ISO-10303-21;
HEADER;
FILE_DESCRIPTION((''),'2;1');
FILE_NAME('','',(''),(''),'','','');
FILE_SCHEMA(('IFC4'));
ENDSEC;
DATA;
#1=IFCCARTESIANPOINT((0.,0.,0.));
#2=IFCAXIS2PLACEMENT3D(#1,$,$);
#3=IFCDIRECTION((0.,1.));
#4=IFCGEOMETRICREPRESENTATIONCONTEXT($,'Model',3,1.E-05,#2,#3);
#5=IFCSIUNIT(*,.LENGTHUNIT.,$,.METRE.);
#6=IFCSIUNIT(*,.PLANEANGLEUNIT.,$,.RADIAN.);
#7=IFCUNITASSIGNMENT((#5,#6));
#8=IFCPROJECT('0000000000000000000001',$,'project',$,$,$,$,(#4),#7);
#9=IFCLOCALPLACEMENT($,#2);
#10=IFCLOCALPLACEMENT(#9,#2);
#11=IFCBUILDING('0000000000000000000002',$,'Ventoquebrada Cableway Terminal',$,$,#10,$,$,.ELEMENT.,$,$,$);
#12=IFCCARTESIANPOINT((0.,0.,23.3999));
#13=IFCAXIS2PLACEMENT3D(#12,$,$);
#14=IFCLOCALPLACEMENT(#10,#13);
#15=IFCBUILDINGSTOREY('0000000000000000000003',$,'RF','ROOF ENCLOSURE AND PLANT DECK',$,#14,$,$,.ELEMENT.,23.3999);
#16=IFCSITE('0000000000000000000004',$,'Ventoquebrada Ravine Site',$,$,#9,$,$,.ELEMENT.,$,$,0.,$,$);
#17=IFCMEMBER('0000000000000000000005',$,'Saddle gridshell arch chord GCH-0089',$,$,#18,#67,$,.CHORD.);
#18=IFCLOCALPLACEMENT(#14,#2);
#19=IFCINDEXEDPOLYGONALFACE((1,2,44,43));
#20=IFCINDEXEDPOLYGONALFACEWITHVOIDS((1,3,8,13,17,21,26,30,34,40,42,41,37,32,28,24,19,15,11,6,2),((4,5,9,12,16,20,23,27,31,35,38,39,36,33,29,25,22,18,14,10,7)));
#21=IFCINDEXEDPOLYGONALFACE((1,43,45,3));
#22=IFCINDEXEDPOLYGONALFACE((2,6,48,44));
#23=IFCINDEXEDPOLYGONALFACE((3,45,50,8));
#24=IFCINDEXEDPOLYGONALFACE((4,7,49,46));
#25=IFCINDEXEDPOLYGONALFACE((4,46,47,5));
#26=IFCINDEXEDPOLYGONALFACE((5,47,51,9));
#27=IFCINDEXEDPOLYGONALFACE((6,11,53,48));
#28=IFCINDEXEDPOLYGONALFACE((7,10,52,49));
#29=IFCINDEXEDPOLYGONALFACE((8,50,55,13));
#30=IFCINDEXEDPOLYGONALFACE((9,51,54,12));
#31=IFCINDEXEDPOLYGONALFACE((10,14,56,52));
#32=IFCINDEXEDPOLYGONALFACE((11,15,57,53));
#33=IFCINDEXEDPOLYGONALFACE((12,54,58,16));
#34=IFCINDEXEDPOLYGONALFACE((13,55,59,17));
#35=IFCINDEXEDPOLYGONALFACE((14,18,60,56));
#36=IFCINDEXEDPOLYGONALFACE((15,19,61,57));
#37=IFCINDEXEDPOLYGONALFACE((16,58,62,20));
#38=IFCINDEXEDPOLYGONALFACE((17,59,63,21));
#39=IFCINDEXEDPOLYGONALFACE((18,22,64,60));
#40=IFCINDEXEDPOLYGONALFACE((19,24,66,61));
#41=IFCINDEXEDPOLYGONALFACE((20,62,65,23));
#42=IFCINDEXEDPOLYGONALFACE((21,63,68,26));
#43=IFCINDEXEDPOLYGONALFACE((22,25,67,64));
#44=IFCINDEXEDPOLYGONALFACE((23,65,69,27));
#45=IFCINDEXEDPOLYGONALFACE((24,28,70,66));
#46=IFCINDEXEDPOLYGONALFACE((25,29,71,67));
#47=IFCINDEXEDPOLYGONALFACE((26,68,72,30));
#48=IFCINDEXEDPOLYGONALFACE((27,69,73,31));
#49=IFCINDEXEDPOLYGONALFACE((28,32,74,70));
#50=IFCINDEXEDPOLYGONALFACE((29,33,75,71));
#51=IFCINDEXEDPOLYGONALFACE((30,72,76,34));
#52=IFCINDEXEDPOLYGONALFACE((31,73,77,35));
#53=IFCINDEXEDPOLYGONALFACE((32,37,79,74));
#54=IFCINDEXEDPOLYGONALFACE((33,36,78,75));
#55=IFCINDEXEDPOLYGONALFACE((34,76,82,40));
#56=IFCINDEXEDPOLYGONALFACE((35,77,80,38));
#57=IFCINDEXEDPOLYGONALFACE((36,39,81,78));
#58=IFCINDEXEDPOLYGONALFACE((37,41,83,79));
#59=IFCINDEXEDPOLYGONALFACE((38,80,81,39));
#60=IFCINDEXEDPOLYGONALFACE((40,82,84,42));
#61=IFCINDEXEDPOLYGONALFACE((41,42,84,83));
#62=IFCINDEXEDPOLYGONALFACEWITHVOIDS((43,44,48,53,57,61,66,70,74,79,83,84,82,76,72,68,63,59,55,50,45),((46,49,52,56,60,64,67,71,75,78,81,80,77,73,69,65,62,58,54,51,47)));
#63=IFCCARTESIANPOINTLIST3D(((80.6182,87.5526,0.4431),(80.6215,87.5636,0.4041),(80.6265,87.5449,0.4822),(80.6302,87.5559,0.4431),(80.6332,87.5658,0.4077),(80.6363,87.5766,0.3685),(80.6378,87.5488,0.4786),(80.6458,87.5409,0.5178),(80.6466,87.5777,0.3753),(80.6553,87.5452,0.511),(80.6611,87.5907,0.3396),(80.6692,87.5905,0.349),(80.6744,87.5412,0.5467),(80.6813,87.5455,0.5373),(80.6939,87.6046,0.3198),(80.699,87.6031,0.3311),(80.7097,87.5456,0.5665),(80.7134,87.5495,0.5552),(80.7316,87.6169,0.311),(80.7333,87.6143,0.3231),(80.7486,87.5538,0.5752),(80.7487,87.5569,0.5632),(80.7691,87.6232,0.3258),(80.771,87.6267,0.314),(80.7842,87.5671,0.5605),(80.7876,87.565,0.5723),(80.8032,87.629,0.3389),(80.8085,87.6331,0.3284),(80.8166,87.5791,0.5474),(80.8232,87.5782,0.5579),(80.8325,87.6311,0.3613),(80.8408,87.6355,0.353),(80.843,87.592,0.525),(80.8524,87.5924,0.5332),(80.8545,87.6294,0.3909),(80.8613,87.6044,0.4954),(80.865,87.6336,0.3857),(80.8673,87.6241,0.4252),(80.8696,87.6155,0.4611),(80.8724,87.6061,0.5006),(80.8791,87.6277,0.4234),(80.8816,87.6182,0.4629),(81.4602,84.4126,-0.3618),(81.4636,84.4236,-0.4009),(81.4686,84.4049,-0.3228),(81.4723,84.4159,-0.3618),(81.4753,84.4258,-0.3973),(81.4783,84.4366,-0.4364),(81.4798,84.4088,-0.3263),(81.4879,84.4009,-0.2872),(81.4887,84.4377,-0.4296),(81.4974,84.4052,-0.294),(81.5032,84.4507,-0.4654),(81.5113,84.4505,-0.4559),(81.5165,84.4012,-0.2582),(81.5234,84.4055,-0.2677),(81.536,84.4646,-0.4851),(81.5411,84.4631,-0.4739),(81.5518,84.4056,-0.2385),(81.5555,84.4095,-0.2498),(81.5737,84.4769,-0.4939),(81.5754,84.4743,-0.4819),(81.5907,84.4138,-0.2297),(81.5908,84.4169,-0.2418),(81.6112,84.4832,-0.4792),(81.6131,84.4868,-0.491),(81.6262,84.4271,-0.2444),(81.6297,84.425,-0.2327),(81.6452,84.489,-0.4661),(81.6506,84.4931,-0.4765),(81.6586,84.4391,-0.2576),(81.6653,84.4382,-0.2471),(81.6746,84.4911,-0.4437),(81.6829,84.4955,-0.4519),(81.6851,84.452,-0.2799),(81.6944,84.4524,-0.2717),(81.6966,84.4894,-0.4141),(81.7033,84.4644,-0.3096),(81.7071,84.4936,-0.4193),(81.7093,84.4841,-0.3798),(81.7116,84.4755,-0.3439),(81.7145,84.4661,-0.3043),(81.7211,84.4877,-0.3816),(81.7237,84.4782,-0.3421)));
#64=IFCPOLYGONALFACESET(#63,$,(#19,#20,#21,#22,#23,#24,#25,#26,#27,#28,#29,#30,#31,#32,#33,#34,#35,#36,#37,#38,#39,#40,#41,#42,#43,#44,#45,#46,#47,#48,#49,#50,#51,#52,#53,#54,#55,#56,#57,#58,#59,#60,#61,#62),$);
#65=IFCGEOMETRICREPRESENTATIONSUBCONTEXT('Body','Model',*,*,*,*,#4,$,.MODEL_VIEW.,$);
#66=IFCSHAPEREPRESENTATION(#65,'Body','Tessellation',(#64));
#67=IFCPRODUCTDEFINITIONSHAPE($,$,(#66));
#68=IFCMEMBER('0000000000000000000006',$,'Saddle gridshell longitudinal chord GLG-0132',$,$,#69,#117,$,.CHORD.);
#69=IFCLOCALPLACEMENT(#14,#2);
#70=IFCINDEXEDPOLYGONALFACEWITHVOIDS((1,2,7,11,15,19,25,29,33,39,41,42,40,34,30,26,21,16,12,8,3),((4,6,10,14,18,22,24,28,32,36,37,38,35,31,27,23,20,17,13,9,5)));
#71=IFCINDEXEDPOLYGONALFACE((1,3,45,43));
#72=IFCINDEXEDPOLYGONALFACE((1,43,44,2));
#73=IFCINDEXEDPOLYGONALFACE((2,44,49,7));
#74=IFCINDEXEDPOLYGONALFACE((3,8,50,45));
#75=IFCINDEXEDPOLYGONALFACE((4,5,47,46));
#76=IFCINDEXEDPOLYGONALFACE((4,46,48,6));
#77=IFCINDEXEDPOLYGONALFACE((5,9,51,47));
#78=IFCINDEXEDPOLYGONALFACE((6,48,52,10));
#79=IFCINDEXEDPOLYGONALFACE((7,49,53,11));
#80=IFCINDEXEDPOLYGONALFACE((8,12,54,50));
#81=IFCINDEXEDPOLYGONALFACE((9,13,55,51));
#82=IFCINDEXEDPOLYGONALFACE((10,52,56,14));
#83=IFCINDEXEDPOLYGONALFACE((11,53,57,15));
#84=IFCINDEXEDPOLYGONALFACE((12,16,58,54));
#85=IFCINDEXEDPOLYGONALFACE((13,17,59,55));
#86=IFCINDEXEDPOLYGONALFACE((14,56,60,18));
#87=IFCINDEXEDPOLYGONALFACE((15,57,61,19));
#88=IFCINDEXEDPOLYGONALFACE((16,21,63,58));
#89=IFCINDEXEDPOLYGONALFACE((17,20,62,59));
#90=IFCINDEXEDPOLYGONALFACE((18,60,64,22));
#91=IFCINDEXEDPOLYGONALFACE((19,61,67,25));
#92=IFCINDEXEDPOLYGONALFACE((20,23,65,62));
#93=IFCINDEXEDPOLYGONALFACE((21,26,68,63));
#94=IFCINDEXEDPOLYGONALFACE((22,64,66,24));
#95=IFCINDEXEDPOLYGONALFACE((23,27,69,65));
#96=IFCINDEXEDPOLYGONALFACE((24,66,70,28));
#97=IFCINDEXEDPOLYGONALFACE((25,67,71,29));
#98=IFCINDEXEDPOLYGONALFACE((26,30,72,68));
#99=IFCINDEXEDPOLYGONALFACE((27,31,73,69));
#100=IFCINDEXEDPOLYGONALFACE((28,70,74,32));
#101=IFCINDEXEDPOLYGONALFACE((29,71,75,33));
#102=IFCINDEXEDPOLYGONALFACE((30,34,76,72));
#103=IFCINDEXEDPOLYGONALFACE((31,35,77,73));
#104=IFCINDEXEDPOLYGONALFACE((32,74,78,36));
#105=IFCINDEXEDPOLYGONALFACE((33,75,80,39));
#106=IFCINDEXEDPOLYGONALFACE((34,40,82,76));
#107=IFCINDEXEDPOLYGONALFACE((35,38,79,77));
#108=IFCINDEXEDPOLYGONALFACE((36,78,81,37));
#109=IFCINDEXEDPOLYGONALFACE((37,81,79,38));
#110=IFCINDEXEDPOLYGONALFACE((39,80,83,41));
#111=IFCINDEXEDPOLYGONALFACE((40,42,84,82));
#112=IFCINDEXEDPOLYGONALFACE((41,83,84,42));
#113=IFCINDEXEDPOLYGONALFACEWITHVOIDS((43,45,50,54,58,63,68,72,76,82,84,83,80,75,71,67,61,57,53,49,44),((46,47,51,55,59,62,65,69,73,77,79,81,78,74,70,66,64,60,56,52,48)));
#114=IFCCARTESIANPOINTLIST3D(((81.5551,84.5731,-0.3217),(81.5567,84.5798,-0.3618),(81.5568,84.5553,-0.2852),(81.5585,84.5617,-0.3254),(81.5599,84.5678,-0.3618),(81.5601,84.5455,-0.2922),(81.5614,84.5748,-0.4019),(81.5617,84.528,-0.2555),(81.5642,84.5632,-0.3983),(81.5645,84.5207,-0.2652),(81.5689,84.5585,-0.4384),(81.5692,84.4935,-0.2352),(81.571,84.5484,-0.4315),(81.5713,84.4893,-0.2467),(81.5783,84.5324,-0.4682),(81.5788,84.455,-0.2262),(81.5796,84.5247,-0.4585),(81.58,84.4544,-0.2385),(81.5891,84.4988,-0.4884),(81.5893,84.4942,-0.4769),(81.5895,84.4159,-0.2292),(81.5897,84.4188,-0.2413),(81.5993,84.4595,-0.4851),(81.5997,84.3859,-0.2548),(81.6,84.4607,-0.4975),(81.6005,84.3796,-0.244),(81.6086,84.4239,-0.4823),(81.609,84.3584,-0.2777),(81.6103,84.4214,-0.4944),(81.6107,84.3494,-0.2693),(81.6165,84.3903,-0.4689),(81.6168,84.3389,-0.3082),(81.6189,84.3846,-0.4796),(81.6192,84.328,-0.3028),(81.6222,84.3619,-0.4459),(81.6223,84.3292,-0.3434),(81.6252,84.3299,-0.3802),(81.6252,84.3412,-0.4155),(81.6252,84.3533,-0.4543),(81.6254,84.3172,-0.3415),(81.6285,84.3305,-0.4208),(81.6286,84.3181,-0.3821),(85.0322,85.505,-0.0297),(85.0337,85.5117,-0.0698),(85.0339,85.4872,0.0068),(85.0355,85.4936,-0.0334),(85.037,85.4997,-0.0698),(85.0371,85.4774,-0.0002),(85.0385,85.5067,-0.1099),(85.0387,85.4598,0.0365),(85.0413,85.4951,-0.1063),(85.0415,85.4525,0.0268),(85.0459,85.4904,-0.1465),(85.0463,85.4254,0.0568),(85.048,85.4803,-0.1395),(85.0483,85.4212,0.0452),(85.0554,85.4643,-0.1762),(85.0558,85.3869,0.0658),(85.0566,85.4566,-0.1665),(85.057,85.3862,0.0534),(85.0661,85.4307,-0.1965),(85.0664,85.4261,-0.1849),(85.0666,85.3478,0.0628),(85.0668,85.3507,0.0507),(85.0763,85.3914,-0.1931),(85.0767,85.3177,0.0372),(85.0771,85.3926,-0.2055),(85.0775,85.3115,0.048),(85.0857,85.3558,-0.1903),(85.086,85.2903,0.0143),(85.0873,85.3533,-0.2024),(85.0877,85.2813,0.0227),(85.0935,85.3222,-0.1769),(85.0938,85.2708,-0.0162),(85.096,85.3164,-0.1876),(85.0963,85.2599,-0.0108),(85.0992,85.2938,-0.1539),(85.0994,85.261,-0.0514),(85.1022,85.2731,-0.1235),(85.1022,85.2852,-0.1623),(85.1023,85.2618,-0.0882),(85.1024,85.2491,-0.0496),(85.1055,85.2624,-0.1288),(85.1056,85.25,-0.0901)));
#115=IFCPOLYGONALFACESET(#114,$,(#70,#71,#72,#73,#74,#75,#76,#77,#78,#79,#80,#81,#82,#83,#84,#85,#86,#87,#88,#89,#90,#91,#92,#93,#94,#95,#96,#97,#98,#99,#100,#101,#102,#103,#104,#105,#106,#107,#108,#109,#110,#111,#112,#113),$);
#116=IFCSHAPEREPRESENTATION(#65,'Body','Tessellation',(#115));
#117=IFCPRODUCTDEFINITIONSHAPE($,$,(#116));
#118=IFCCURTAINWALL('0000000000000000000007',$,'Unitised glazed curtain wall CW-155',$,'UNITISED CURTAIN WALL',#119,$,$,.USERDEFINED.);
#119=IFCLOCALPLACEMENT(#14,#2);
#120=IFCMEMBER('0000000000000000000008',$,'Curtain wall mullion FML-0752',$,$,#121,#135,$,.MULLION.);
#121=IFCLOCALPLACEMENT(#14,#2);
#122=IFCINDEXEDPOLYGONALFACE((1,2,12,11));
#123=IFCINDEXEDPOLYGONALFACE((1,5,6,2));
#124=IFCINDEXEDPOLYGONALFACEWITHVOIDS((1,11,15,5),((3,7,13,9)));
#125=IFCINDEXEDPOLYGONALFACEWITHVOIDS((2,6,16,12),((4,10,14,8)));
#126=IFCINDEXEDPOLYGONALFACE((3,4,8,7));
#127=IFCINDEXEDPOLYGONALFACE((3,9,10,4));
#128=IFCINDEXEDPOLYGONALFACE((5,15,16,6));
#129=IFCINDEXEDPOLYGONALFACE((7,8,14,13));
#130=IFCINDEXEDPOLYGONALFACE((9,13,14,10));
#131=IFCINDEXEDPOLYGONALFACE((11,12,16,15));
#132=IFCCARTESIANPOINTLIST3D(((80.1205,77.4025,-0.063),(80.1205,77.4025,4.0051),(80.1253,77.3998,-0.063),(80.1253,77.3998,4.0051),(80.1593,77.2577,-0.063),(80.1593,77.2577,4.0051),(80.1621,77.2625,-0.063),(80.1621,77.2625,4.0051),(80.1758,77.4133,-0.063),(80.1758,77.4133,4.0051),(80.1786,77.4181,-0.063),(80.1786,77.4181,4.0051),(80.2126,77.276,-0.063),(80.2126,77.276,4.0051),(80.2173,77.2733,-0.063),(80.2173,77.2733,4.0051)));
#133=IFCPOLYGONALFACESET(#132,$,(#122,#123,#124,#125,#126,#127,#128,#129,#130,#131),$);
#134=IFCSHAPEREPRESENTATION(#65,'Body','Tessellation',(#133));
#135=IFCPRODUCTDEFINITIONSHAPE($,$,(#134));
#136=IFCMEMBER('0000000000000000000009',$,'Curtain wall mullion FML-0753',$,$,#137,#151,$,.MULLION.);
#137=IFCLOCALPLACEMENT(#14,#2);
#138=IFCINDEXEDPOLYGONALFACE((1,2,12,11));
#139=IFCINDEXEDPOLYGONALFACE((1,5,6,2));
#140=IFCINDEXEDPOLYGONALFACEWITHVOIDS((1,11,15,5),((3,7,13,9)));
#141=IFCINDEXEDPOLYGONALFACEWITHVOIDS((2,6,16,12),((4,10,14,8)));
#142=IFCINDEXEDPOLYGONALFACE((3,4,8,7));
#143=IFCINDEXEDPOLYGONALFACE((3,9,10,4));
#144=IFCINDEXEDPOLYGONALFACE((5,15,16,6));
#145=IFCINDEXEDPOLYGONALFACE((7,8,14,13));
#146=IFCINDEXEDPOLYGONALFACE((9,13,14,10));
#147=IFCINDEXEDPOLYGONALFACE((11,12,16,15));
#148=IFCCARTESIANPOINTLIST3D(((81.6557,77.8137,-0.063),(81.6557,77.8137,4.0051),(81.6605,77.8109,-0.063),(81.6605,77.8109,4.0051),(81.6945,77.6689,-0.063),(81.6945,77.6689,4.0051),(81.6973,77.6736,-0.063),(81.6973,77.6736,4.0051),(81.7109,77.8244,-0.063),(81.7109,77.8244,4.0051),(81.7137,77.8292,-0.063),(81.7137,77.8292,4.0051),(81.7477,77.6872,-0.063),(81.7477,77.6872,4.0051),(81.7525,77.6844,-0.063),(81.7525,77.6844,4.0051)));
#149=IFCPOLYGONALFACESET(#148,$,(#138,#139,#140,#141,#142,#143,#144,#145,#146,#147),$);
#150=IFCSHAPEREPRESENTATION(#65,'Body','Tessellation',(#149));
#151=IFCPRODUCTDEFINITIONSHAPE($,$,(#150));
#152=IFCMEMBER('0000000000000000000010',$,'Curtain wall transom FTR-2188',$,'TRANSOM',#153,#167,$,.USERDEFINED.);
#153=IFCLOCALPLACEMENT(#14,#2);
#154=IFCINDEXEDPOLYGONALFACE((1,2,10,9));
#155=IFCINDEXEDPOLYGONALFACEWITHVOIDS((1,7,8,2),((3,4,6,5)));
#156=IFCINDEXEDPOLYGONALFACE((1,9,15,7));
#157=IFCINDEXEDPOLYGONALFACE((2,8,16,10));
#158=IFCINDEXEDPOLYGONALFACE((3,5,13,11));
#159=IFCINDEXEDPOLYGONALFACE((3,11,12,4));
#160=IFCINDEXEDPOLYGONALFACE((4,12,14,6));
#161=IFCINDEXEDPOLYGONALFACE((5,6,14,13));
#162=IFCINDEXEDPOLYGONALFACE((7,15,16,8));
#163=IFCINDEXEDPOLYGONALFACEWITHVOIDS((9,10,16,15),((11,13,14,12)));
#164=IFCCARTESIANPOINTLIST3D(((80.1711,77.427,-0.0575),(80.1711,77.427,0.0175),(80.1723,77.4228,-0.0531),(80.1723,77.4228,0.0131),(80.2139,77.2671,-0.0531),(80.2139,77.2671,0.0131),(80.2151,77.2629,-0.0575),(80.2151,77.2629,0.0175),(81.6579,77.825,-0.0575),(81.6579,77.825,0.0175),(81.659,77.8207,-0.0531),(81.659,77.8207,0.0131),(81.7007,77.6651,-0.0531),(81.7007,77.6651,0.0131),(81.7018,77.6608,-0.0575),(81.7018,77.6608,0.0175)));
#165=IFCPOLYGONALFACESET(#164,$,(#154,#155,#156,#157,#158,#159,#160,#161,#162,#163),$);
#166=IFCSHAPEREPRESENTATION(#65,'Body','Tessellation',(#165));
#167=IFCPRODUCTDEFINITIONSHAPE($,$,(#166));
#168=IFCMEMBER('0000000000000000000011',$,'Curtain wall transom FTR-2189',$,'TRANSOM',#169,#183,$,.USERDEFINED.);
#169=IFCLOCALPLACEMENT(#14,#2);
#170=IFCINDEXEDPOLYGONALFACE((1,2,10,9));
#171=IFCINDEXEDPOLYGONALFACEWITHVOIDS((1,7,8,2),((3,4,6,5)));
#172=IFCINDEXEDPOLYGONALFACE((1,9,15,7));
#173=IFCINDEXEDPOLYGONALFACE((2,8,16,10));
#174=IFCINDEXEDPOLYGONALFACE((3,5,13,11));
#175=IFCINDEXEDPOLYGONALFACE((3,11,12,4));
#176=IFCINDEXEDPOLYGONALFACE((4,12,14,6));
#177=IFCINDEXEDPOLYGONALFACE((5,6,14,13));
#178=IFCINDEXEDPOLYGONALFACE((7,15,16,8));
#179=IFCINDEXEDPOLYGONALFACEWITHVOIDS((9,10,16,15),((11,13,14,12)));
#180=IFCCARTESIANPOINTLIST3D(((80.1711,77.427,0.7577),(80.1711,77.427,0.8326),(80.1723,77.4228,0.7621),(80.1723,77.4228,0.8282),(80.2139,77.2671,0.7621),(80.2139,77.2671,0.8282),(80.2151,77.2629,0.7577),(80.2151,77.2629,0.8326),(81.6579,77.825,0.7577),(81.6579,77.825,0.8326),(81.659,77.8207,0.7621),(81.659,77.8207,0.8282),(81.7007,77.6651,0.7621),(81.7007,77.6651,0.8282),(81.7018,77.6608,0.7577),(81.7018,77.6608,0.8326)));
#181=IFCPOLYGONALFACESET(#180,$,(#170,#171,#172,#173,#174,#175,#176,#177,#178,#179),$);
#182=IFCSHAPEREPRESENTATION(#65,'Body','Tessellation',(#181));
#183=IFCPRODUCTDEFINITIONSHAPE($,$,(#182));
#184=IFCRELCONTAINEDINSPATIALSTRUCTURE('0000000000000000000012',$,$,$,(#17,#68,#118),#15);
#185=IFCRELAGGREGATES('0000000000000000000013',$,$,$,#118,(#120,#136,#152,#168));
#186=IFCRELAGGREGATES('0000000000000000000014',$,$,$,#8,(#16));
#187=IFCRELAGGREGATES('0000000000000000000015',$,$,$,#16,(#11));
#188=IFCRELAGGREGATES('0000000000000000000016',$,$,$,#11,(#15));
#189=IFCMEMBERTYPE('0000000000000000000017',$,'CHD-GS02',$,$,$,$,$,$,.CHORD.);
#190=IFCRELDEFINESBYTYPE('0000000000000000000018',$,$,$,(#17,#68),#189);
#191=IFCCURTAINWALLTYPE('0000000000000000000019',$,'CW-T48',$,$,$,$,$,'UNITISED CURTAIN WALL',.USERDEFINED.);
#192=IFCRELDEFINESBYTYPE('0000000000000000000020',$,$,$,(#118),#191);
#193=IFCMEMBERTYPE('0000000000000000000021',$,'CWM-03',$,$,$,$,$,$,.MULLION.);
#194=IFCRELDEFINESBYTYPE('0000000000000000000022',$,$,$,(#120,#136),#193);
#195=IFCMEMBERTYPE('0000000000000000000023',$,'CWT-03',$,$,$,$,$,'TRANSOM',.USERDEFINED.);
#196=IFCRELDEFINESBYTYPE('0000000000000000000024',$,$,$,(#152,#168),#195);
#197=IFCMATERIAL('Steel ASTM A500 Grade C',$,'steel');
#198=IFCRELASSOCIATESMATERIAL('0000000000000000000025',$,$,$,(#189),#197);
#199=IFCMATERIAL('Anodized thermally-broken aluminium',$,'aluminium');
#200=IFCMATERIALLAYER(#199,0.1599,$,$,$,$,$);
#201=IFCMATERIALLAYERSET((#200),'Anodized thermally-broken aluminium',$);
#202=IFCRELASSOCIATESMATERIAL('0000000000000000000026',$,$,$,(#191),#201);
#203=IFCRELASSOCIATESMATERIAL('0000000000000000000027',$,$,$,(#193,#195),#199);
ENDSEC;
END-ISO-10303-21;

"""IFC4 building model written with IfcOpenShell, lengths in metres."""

from ifc_helpers import new_model, si_unit, direction, frame, origin, origin_2d, place, context, subcontext, project, spatial, hollow_rectangle, hollow_circle, extrude, material, layer, layer_set, material_profile, profile_set, type_object, element, aggregate, save


model = new_model("IFC4")

# Units and contexts
model_context = context("Model", 3, precision=1e-05, world=origin(), true_north=direction((0.0, 1.0)))
body_context = subcontext(model_context, "Body", "Model", "MODEL_VIEW")
ifc_project = project(units=[si_unit("LENGTHUNIT", "METRE"), si_unit("PLANEANGLEUNIT", "RADIAN")], contexts=[model_context])

# Site, building, storey
site_placement = place(None, origin())
site = spatial("IfcSite", under=ifc_project, at=site_placement, Name="Ventoquebrada Ravine Site", CompositionType="ELEMENT", RefElevation=0.0)
building_placement = place(site_placement, origin())
building = spatial("IfcBuilding", under=site, at=building_placement, Name="Ventoquebrada Cableway Terminal", CompositionType="ELEMENT")
storey_placement = place(building_placement, frame((0.0, 0.0, 23.3999)))
storey = spatial("IfcBuildingStorey", under=building, at=storey_placement, Name="RF", Description="ROOF ENCLOSURE AND PLANT DECK", CompositionType="ELEMENT", Elevation=23.3999)

# Members
ifc_material_1 = material(Name="Steel ASTM A500 Grade C", Category="steel")
ifc_material_profile_1 = material_profile(ifc_material_1, hollow_circle(Radius=0.1365, WallThickness=0.0125, at=origin_2d()), Name="CHS273.0X12.5")
ifc_profile_set_1 = profile_set([ifc_material_profile_1], Name="Steel ASTM A500 Grade C")
member_type_1 = type_object("IfcMemberType", Name="CHD-GS02", PredefinedType="CHORD", material=ifc_profile_set_1)
member_1_placement = place(storey_placement, frame((81.592, 84.448, -0.3618), z_axis=(-0.25143, 0.937558, 0.240349), x_axis=(-0.965871, -0.259023, 0.0)))
element("IfcMember", 1, at=member_1_placement, inside=storey, type_object=member_type_1, Name="Saddle gridshell arch chord GCH-0089", PredefinedType="CHORD", context=body_context, shape_type="SweptSolid", body=[
    extrude(hollow_circle(Radius=0.1365, WallThickness=0.0125, at=origin_2d()), origin(), (0.0, 0.0, 1.0), 3.3491),
])
member_2_placement = place(storey_placement, frame((81.592, 84.448, -0.3618), z_axis=(0.962749, 0.258026, 0.080849), x_axis=(-0.258874, 0.965911, 0.0)))
element("IfcMember", 2, at=member_2_placement, inside=storey, type_object=member_type_1, Name="Saddle gridshell longitudinal chord GLG-0132", PredefinedType="CHORD", context=body_context, shape_type="SweptSolid", body=[
    extrude(hollow_circle(Radius=0.1365, WallThickness=0.0125, at=origin_2d()), origin(), (0.0, 0.0, 1.0), 3.6116),
])

# Curtain wall, members
ifc_material_2 = material(Name="Anodized thermally-broken aluminium", Category="aluminium")
ifc_layer_1 = layer(ifc_material_2, 0.1599)
ifc_layer_set_1 = layer_set([ifc_layer_1], Name="Anodized thermally-broken aluminium")
curtain_wall_type = type_object("IfcCurtainWallType", Name="CW-T48", ElementType="UNITISED CURTAIN WALL", PredefinedType="USERDEFINED", material=ifc_layer_set_1)
curtain_wall_placement = place(storey_placement, origin())
curtain_wall = element("IfcCurtainWall", 3, at=curtain_wall_placement, inside=storey, type_object=curtain_wall_type, Name="Unitised glazed curtain wall CW-155", ObjectType="UNITISED CURTAIN WALL", PredefinedType="USERDEFINED")
ifc_material_profile_2 = material_profile(ifc_material_2, hollow_rectangle(XDim=0.0601, YDim=0.1499, WallThickness=0.0039, at=origin_2d()), Name="CW-MUL-60X150")
ifc_profile_set_2 = profile_set([ifc_material_profile_2], Name="Anodized thermally-broken aluminium")
member_type_2 = type_object("IfcMemberType", Name="CWM-03", PredefinedType="MULLION", material=ifc_profile_set_2)
member_3_placement = place(storey_placement, frame((80.1689, 77.3379, -0.063), z_axis=(0.0, 0.0, 1.0), x_axis=(0.965935, 0.258785, 0.0)))
member_3 = element("IfcMember", 4, at=member_3_placement, type_object=member_type_2, Name="Curtain wall mullion FML-0752", PredefinedType="MULLION", context=body_context, shape_type="SweptSolid", body=[
    extrude(hollow_rectangle(XDim=0.0601, YDim=0.1499, WallThickness=0.0039, at=origin_2d()), origin(), (0.0, 0.0, 1.0), 4.0681),
])
member_4_placement = place(storey_placement, frame((81.7041, 77.749, -0.063), z_axis=(0.0, 0.0, 1.0), x_axis=(0.965935, 0.258785, 0.0)))
member_4 = element("IfcMember", 5, at=member_4_placement, type_object=member_type_2, Name="Curtain wall mullion FML-0753", PredefinedType="MULLION", context=body_context, shape_type="SweptSolid", body=[
    extrude(hollow_rectangle(XDim=0.0601, YDim=0.1499, WallThickness=0.0039, at=origin_2d()), origin(), (0.0, 0.0, 1.0), 4.0681),
])
ifc_material_profile_3 = material_profile(ifc_material_2, hollow_rectangle(XDim=0.075, YDim=0.1699, WallThickness=0.0044, at=origin_2d()), Name="CW-TRN-75X170")
ifc_profile_set_3 = profile_set([ifc_material_profile_3], Name="Anodized thermally-broken aluminium")
member_type_3 = type_object("IfcMemberType", Name="CWT-03", ElementType="TRANSOM", PredefinedType="USERDEFINED", material=ifc_profile_set_3)
member_5_placement = place(storey_placement, frame((80.1931, 77.345, -0.02), z_axis=(0.965998, 0.258551, 0.0), x_axis=(0.0, 0.0, 1.0)))
member_5 = element("IfcMember", 6, at=member_5_placement, type_object=member_type_3, Name="Curtain wall transom FTR-2188", ObjectType="TRANSOM", PredefinedType="USERDEFINED", context=body_context, shape_type="SweptSolid", body=[
    extrude(hollow_rectangle(XDim=0.075, YDim=0.1699, WallThickness=0.0044, at=origin_2d()), origin(), (0.0, 0.0, 1.0), 1.5391),
])
member_6_placement = place(storey_placement, frame((80.1931, 77.345, 0.7952), z_axis=(0.965998, 0.258551, 0.0), x_axis=(0.0, 0.0, 1.0)))
member_6 = element("IfcMember", 7, at=member_6_placement, type_object=member_type_3, Name="Curtain wall transom FTR-2189", ObjectType="TRANSOM", PredefinedType="USERDEFINED", context=body_context, shape_type="SweptSolid", body=[
    extrude(hollow_rectangle(XDim=0.075, YDim=0.1699, WallThickness=0.0044, at=origin_2d()), origin(), (0.0, 0.0, 1.0), 1.5391),
])

aggregate(curtain_wall, [member_3, member_4, member_5, member_6])

save(model, "model.ifc")
